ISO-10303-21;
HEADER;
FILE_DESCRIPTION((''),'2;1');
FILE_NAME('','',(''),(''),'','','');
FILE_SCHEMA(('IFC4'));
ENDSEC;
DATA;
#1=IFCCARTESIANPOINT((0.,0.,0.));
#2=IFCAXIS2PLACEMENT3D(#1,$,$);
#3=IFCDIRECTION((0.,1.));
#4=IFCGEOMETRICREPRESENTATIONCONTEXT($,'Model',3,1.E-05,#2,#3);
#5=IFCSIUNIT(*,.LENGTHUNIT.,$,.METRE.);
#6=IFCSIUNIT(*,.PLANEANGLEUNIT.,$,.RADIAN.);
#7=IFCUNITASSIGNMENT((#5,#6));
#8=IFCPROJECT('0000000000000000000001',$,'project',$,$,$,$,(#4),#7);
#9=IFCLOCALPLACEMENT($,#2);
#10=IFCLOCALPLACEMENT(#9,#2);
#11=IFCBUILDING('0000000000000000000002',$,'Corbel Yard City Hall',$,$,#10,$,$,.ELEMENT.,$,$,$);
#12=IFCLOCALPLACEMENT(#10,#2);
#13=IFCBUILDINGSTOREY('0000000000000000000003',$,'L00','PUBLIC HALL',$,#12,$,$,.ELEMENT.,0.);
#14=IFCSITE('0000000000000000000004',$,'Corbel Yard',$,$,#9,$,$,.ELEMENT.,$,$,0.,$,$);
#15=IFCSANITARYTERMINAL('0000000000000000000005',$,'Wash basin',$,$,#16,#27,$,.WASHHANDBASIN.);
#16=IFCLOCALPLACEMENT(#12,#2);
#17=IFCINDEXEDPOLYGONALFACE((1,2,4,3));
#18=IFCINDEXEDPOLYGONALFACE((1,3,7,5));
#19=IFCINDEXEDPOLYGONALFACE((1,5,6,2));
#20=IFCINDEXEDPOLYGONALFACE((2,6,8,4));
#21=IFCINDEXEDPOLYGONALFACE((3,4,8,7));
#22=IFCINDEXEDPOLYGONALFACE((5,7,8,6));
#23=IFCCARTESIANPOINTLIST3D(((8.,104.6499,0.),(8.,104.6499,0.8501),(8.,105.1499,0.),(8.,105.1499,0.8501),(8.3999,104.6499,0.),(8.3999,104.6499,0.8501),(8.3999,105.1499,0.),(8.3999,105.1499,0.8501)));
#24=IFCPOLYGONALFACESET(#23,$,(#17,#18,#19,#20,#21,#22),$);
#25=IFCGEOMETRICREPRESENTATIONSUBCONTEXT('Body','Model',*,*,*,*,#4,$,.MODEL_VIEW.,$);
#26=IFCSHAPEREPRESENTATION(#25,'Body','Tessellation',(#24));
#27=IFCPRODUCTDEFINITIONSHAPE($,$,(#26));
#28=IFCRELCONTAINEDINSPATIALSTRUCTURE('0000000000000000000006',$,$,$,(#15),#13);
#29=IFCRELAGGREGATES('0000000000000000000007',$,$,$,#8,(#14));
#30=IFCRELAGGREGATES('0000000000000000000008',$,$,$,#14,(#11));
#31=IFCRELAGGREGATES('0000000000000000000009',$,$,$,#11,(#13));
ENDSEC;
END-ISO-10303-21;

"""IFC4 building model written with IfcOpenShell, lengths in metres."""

from ifc_helpers import new_model, si_unit, direction, frame, origin, origin_2d, place, context, subcontext, project, spatial, rectangle, extrude, element, save


model = new_model("IFC4")

# Units and contexts
model_context = context("Model", 3, precision=1e-05, world=origin(), true_north=direction((0.0, 1.0)))
body_context = subcontext(model_context, "Body", "Model", "MODEL_VIEW")
ifc_project = project(units=[si_unit("LENGTHUNIT", "METRE"), si_unit("PLANEANGLEUNIT", "RADIAN")], contexts=[model_context])

# Site, building, storey
site_placement = place(None, origin())
site = spatial("IfcSite", under=ifc_project, at=site_placement, Name="Corbel Yard", CompositionType="ELEMENT", RefElevation=0.0)
building_placement = place(site_placement, origin())
building = spatial("IfcBuilding", under=site, at=building_placement, Name="Corbel Yard City Hall", CompositionType="ELEMENT")
storey_placement = place(building_placement, origin())
storey = spatial("IfcBuildingStorey", under=building, at=storey_placement, Name="L00", Description="PUBLIC HALL", CompositionType="ELEMENT", Elevation=0.0)

# Sanitary terminal
sanitary_terminal_1_placement = place(storey_placement, frame((8.2, 104.8999, 0.0), z_axis=(0.0, 0.0, 1.0), x_axis=(1.0, 0.0, 0.0)))
element("IfcSanitaryTerminal", 1, at=sanitary_terminal_1_placement, inside=storey, Name="Wash basin", PredefinedType="WASHHANDBASIN", context=body_context, shape_type="SweptSolid", body=[
    extrude(rectangle(XDim=0.3999, YDim=0.5, at=origin_2d()), origin(), (0.0, 0.0, 1.0), 0.8501),
])

save(model, "model.ifc")
